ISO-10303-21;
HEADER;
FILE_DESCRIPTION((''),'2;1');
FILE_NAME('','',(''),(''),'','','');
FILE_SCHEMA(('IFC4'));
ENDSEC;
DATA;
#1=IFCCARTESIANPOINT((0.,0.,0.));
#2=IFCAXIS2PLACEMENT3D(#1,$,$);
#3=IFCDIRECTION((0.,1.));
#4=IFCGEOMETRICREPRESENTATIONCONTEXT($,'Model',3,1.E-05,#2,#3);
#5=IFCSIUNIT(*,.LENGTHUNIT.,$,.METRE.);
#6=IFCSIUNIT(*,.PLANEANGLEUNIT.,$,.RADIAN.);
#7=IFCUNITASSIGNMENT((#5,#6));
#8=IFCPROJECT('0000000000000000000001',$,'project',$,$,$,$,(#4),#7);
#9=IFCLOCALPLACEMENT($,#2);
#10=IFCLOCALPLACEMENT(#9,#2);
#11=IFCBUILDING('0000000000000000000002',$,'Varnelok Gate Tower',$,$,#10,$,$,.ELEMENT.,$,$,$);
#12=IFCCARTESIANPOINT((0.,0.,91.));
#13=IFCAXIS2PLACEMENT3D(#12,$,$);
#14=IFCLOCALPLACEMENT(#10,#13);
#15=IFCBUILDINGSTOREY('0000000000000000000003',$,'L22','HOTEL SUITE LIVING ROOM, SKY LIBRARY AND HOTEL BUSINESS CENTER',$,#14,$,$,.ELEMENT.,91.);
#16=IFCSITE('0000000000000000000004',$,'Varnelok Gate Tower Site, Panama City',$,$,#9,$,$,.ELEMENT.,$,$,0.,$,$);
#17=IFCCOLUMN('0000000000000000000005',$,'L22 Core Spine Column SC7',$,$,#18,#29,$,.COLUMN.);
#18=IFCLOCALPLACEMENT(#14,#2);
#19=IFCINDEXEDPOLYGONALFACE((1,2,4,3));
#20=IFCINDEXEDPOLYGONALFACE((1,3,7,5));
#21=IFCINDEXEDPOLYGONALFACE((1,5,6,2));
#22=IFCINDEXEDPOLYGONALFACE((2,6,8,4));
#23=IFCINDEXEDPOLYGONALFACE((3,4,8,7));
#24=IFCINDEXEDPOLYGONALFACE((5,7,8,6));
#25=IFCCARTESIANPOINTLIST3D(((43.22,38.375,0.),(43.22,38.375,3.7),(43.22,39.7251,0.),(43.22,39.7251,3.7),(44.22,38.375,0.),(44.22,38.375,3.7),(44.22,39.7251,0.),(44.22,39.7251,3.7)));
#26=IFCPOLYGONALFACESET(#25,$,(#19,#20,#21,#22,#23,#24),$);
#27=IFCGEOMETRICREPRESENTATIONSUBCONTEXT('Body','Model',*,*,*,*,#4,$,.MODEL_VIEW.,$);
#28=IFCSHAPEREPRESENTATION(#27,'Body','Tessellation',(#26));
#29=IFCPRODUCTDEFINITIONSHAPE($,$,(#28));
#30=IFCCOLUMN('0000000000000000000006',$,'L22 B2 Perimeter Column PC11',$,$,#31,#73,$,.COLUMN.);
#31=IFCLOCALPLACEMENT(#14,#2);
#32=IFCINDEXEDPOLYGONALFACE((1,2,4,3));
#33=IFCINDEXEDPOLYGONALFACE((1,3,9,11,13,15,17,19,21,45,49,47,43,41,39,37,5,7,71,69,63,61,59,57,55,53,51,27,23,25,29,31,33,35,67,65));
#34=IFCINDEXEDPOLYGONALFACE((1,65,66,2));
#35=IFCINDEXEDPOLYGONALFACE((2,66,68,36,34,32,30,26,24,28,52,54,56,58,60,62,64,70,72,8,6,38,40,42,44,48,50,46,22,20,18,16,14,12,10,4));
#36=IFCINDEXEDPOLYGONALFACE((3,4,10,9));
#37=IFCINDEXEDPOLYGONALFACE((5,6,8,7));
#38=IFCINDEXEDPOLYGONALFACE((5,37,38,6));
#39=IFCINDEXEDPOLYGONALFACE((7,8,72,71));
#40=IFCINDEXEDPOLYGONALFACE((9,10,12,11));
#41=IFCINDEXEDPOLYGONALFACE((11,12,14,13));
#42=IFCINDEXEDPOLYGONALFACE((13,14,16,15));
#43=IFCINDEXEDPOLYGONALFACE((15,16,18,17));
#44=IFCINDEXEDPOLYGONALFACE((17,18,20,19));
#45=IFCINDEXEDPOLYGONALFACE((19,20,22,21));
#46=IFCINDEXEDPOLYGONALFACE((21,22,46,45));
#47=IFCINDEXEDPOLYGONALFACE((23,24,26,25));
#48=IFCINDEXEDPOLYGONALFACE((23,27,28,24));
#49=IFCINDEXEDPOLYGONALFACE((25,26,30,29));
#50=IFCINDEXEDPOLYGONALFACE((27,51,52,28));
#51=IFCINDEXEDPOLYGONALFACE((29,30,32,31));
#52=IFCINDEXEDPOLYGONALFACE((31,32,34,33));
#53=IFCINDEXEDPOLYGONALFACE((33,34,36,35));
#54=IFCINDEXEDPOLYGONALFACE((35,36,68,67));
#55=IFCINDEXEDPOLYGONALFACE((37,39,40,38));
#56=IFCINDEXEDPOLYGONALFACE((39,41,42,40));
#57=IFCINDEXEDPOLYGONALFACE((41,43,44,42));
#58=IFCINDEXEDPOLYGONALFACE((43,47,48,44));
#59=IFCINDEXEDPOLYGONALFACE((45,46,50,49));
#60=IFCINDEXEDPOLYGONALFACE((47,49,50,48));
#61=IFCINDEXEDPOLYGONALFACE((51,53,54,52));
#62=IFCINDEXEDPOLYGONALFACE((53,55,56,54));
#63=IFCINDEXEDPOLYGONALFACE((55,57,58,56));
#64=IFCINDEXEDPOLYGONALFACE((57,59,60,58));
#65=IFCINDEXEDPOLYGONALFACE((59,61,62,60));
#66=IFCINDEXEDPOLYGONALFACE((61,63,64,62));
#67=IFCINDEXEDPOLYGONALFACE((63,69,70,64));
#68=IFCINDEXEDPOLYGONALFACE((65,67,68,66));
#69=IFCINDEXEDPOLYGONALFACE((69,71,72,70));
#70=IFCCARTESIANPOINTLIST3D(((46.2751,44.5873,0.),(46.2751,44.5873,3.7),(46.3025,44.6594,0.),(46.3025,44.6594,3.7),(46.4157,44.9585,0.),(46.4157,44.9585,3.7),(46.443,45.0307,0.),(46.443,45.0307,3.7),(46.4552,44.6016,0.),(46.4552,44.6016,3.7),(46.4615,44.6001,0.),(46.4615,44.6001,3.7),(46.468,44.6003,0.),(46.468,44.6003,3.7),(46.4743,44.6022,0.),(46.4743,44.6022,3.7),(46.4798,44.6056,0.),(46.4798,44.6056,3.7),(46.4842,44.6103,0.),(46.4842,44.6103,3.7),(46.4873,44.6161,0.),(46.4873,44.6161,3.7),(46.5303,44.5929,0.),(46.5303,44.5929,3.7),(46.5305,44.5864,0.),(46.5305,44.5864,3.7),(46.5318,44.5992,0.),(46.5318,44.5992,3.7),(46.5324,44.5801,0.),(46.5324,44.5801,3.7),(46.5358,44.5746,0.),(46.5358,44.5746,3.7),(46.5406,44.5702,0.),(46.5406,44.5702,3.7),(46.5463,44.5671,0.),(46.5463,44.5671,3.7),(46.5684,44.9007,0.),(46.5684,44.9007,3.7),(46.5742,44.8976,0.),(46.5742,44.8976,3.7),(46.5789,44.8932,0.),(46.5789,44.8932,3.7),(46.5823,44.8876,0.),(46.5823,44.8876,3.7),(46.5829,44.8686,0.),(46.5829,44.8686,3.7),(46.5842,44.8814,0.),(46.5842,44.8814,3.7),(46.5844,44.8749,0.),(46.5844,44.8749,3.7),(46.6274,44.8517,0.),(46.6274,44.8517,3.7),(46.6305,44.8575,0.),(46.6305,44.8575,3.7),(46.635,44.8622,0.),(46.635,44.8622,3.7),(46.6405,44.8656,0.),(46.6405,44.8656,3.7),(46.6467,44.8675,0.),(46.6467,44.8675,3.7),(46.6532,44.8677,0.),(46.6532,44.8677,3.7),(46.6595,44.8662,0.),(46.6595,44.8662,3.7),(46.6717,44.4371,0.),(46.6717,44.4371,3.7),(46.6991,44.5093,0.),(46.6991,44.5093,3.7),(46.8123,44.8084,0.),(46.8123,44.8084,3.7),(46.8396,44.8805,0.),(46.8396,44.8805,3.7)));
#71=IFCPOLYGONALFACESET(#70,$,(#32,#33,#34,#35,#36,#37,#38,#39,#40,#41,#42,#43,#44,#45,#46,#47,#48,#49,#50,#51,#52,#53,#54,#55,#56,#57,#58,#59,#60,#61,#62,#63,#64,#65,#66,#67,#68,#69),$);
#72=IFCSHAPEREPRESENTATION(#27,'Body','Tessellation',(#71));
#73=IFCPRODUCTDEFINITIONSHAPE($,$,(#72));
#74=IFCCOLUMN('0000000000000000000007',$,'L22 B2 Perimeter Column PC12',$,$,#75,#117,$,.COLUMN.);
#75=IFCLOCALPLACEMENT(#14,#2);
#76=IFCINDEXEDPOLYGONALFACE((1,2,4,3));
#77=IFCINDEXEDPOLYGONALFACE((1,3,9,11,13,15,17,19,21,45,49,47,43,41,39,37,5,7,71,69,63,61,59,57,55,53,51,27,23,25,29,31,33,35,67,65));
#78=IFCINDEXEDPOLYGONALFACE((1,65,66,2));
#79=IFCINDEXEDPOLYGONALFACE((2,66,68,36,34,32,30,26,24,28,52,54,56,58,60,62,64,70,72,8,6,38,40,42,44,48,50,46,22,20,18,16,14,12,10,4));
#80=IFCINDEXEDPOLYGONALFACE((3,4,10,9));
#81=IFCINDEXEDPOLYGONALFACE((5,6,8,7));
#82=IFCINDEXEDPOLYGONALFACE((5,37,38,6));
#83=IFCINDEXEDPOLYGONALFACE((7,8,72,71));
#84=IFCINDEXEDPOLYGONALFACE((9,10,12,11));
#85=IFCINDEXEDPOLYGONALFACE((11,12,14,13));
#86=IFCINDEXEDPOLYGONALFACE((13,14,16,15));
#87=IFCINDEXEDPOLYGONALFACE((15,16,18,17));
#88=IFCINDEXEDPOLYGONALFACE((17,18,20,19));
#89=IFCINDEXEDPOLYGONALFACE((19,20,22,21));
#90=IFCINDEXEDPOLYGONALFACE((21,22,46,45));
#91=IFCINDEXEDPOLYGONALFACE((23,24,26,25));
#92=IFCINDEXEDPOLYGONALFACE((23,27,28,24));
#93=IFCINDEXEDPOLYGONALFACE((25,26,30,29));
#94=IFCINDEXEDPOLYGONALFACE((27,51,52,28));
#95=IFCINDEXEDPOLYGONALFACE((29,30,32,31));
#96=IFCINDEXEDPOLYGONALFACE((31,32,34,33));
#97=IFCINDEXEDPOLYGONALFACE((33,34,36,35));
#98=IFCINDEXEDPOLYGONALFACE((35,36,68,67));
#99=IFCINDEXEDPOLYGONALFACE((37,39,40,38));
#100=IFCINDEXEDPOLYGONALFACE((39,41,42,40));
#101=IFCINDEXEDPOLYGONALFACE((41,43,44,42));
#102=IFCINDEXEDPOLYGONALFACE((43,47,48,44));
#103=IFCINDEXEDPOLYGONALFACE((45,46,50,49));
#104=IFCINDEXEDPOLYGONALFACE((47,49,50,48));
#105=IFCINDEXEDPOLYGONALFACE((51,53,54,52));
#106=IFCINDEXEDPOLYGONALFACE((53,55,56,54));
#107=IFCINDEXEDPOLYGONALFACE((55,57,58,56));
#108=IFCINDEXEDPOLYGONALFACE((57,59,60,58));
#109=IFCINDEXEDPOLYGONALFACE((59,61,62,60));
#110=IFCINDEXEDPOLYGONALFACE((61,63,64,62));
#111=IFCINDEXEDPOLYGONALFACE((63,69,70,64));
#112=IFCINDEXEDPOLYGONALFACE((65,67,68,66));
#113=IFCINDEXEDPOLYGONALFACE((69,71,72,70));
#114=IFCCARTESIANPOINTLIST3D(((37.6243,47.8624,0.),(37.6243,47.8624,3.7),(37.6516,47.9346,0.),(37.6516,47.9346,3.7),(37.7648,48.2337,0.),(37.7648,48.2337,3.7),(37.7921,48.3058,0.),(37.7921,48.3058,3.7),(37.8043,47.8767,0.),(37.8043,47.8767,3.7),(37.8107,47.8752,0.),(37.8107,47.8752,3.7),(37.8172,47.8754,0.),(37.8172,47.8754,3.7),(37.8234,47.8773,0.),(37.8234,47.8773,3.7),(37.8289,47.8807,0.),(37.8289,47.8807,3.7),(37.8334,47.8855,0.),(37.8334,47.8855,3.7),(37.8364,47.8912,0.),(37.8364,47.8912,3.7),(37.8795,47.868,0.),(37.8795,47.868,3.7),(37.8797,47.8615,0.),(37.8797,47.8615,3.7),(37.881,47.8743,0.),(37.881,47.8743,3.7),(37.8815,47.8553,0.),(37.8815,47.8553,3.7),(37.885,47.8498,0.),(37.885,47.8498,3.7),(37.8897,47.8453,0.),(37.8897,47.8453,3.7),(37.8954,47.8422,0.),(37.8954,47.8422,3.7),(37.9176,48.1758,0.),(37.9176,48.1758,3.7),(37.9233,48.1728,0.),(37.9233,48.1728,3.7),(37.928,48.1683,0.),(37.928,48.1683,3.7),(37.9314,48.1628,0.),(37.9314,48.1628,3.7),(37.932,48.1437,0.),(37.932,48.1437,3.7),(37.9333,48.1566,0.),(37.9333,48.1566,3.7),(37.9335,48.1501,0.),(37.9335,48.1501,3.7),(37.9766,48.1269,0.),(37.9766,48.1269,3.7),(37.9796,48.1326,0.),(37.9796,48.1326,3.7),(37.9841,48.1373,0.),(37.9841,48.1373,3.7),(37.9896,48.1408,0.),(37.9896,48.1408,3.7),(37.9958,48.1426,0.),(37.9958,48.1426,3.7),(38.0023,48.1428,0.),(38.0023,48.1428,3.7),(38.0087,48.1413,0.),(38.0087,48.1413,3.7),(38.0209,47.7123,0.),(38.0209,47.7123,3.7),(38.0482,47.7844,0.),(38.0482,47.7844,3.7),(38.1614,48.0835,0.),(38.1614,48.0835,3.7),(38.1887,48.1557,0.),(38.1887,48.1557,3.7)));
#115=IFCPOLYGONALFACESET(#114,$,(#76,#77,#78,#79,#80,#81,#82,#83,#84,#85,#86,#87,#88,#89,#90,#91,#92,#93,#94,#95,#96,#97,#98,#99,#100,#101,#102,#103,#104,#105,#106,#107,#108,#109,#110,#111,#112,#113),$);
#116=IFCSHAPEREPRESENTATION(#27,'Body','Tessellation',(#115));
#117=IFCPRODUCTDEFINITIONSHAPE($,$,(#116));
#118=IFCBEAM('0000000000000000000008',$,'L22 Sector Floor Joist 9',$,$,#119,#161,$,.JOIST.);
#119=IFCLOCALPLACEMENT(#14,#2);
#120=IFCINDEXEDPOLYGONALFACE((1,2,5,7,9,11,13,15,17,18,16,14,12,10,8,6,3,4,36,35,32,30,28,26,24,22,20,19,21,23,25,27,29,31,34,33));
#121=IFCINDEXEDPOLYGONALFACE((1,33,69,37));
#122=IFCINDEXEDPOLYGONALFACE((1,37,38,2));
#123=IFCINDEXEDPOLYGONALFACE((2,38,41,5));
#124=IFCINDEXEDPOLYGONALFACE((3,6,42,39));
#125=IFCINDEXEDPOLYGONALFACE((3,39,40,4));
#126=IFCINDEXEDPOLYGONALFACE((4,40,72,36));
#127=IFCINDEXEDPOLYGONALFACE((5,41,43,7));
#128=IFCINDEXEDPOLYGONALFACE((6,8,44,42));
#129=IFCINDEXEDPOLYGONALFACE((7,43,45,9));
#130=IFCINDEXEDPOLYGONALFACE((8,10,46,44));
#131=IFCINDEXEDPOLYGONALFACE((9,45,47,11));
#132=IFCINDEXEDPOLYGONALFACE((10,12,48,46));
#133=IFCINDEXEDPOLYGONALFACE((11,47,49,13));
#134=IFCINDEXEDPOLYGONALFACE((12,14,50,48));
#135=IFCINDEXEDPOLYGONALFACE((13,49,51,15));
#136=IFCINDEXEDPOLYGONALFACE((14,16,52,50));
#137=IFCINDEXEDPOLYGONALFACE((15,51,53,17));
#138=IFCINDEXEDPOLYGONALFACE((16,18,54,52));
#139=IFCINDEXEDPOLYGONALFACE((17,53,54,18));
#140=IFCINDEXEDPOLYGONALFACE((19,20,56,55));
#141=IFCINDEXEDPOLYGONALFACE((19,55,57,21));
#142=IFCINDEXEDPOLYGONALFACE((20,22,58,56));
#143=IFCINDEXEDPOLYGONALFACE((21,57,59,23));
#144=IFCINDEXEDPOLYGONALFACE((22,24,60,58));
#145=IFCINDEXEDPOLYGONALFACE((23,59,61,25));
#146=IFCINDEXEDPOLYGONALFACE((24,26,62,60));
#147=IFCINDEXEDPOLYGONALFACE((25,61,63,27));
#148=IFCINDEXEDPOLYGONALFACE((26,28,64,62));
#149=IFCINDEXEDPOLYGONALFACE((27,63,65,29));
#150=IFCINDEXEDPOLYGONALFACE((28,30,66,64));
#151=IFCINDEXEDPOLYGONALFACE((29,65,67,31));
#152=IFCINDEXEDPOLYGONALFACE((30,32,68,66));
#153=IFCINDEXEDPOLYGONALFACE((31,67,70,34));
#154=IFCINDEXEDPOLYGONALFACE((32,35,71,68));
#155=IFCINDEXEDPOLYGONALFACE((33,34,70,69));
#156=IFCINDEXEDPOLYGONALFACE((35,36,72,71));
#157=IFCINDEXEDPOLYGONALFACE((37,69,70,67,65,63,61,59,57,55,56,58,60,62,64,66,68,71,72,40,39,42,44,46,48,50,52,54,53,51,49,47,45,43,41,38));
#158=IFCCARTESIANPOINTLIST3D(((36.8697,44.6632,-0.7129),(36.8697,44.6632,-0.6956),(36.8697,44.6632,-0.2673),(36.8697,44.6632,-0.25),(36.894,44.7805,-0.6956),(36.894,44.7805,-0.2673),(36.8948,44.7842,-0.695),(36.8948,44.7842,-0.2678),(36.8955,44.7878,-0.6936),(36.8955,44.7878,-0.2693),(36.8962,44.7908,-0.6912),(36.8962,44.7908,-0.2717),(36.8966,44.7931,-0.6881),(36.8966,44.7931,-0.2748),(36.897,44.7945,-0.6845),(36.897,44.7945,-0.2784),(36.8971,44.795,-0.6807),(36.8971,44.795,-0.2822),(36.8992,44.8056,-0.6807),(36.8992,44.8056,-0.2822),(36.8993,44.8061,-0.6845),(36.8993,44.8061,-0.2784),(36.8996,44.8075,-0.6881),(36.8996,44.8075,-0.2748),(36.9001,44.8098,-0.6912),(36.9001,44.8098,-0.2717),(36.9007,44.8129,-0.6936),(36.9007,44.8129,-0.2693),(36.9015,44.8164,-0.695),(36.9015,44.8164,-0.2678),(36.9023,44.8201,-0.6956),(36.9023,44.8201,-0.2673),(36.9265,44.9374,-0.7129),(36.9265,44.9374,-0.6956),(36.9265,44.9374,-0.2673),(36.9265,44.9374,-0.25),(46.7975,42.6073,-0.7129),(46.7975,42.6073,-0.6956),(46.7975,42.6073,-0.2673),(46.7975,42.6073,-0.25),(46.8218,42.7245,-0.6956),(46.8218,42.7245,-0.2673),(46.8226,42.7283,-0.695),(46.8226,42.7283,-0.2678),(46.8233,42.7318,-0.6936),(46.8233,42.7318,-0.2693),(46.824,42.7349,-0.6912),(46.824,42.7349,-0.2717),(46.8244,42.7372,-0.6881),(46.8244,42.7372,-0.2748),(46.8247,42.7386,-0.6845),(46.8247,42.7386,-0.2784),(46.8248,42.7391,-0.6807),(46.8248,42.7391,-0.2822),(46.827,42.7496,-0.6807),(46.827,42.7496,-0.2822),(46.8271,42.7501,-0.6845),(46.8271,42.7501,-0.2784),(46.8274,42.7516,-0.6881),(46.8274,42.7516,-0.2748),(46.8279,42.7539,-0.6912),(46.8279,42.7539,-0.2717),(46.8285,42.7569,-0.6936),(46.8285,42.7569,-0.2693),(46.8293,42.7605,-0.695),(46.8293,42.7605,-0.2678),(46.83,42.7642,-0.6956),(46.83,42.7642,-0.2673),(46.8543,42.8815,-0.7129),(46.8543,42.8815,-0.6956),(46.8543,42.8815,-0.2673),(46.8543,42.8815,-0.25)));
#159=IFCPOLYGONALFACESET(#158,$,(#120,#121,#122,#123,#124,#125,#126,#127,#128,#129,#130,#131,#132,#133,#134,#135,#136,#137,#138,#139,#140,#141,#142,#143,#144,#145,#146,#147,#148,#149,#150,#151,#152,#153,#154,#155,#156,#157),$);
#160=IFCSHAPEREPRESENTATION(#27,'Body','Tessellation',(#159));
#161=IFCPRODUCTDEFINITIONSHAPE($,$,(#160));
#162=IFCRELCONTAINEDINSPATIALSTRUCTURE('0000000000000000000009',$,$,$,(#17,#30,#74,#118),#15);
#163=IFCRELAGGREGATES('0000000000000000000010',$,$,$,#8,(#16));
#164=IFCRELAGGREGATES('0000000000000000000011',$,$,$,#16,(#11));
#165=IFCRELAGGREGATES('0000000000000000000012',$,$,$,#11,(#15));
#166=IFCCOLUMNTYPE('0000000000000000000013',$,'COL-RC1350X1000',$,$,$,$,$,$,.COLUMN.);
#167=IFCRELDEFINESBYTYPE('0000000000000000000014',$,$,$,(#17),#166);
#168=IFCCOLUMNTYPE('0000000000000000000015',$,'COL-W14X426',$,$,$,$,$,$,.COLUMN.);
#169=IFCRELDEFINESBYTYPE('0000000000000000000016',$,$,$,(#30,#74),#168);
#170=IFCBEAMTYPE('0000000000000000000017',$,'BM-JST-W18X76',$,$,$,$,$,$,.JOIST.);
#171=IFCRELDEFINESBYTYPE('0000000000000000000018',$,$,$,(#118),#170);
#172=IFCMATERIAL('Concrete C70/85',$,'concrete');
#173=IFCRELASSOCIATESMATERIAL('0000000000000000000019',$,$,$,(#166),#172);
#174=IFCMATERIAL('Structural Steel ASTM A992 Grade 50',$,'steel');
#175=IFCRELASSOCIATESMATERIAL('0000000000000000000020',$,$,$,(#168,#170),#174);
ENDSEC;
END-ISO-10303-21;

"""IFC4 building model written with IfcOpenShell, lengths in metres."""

from ifc_helpers import new_model, si_unit, direction, frame, origin, origin_2d, place, context, subcontext, project, spatial, rectangle, i_section, extrude, material, material_profile, profile_set, type_object, element, save


model = new_model("IFC4")

# Units and contexts
model_context = context("Model", 3, precision=1e-05, world=origin(), true_north=direction((0.0, 1.0)))
body_context = subcontext(model_context, "Body", "Model", "MODEL_VIEW")
ifc_project = project(units=[si_unit("LENGTHUNIT", "METRE"), si_unit("PLANEANGLEUNIT", "RADIAN")], contexts=[model_context])

# Site, building, storey
site_placement = place(None, origin())
site = spatial("IfcSite", under=ifc_project, at=site_placement, Name="Varnelok Gate Tower Site, Panama City", CompositionType="ELEMENT", RefElevation=0.0)
building_placement = place(site_placement, origin())
building = spatial("IfcBuilding", under=site, at=building_placement, Name="Varnelok Gate Tower", CompositionType="ELEMENT")
storey_placement = place(building_placement, frame((0.0, 0.0, 91.0)))
storey = spatial("IfcBuildingStorey", under=building, at=storey_placement, Name="L22", Description="HOTEL SUITE LIVING ROOM, SKY LIBRARY AND HOTEL BUSINESS CENTER", CompositionType="ELEMENT", Elevation=91.0)

# Columns
ifc_material_1 = material(Name="Concrete C70/85", Category="concrete")
ifc_material_profile_1 = material_profile(ifc_material_1, rectangle(XDim=1.0, YDim=1.3501, at=origin_2d()), Name="RC1350X1000")
ifc_profile_set_1 = profile_set([ifc_material_profile_1], Name="Concrete C70/85")
column_type_1 = type_object("IfcColumnType", Name="COL-RC1350X1000", PredefinedType="COLUMN", material=ifc_profile_set_1)
column_placement = place(storey_placement, frame((43.72, 39.05, 0.0), z_axis=(0.0, 0.0, 1.0), x_axis=(1.0, 0.0, 0.0)))
element("IfcColumn", 1, at=column_placement, inside=storey, type_object=column_type_1, Name="L22 Core Spine Column SC7", PredefinedType="COLUMN", context=body_context, shape_type="SweptSolid", body=[
    extrude(rectangle(XDim=1.0, YDim=1.3501, at=origin_2d()), origin(), (0.0, 0.0, 1.0), 3.7),
])
ifc_material_2 = material(Name="Structural Steel ASTM A992 Grade 50", Category="steel")
ifc_material_profile_2 = material_profile(ifc_material_2, i_section(OverallWidth=0.4241, OverallDepth=0.4741, WebThickness=0.0476, FlangeThickness=0.0771, FilletRadius=0.0249, at=origin_2d()), Name="W14X426")
ifc_profile_set_2 = profile_set([ifc_material_profile_2], Name="Structural Steel ASTM A992 Grade 50")
column_type_2 = type_object("IfcColumnType", Name="COL-W14X426", PredefinedType="COLUMN", material=ifc_profile_set_2)
for number, where, z_axis, x_axis, name in (
    (2, (46.5574, 44.7339, 0.0), (0.0, 0.0, 1.0), (0.935222, -0.354063, 0.0), "L22 B2 Perimeter Column PC11"),
    (3, (37.9065, 48.009, 0.0), (0.0, 0.0, 1.0), (0.935222, -0.354063, 0.0), "L22 B2 Perimeter Column PC12"),
):
    element("IfcColumn", number, at=place(storey_placement, frame(where, z_axis=z_axis, x_axis=x_axis)), inside=storey, type_object=column_type_2, Name=name, PredefinedType="COLUMN", context=body_context, shape_type="SweptSolid", body=[
        extrude(i_section(OverallWidth=0.4241, OverallDepth=0.4741, WebThickness=0.0476, FlangeThickness=0.0771, FilletRadius=0.0249, at=origin_2d()), origin(), (0.0, 0.0, 1.0), 3.7),
    ])

# Beam
ifc_material_profile_3 = material_profile(ifc_material_2, i_section(OverallWidth=0.28, OverallDepth=0.4629, WebThickness=0.0107, FlangeThickness=0.0173, FilletRadius=0.0149, at=origin_2d()), Name="W18X76")
ifc_profile_set_3 = profile_set([ifc_material_profile_3], Name="Structural Steel ASTM A992 Grade 50")
beam_type_1 = type_object("IfcBeamType", Name="BM-JST-W18X76", PredefinedType="JOIST", material=ifc_profile_set_3)
beam_1_placement = place(storey_placement, frame((46.8259, 42.7444, -0.4814), z_axis=(-0.979223, 0.202785, 0.0), x_axis=(-0.202785, -0.979223, 0.0)))
element("IfcBeam", 4, at=beam_1_placement, inside=storey, type_object=beam_type_1, Name="L22 Sector Floor Joist 9", PredefinedType="JOIST", context=body_context, shape_type="SweptSolid", body=[
    extrude(i_section(OverallWidth=0.28, OverallDepth=0.4629, WebThickness=0.0107, FlangeThickness=0.0173, FilletRadius=0.0149, at=origin_2d()), origin(), (0.0, 0.0, 1.0), 10.1384),
])

save(model, "model.ifc")
